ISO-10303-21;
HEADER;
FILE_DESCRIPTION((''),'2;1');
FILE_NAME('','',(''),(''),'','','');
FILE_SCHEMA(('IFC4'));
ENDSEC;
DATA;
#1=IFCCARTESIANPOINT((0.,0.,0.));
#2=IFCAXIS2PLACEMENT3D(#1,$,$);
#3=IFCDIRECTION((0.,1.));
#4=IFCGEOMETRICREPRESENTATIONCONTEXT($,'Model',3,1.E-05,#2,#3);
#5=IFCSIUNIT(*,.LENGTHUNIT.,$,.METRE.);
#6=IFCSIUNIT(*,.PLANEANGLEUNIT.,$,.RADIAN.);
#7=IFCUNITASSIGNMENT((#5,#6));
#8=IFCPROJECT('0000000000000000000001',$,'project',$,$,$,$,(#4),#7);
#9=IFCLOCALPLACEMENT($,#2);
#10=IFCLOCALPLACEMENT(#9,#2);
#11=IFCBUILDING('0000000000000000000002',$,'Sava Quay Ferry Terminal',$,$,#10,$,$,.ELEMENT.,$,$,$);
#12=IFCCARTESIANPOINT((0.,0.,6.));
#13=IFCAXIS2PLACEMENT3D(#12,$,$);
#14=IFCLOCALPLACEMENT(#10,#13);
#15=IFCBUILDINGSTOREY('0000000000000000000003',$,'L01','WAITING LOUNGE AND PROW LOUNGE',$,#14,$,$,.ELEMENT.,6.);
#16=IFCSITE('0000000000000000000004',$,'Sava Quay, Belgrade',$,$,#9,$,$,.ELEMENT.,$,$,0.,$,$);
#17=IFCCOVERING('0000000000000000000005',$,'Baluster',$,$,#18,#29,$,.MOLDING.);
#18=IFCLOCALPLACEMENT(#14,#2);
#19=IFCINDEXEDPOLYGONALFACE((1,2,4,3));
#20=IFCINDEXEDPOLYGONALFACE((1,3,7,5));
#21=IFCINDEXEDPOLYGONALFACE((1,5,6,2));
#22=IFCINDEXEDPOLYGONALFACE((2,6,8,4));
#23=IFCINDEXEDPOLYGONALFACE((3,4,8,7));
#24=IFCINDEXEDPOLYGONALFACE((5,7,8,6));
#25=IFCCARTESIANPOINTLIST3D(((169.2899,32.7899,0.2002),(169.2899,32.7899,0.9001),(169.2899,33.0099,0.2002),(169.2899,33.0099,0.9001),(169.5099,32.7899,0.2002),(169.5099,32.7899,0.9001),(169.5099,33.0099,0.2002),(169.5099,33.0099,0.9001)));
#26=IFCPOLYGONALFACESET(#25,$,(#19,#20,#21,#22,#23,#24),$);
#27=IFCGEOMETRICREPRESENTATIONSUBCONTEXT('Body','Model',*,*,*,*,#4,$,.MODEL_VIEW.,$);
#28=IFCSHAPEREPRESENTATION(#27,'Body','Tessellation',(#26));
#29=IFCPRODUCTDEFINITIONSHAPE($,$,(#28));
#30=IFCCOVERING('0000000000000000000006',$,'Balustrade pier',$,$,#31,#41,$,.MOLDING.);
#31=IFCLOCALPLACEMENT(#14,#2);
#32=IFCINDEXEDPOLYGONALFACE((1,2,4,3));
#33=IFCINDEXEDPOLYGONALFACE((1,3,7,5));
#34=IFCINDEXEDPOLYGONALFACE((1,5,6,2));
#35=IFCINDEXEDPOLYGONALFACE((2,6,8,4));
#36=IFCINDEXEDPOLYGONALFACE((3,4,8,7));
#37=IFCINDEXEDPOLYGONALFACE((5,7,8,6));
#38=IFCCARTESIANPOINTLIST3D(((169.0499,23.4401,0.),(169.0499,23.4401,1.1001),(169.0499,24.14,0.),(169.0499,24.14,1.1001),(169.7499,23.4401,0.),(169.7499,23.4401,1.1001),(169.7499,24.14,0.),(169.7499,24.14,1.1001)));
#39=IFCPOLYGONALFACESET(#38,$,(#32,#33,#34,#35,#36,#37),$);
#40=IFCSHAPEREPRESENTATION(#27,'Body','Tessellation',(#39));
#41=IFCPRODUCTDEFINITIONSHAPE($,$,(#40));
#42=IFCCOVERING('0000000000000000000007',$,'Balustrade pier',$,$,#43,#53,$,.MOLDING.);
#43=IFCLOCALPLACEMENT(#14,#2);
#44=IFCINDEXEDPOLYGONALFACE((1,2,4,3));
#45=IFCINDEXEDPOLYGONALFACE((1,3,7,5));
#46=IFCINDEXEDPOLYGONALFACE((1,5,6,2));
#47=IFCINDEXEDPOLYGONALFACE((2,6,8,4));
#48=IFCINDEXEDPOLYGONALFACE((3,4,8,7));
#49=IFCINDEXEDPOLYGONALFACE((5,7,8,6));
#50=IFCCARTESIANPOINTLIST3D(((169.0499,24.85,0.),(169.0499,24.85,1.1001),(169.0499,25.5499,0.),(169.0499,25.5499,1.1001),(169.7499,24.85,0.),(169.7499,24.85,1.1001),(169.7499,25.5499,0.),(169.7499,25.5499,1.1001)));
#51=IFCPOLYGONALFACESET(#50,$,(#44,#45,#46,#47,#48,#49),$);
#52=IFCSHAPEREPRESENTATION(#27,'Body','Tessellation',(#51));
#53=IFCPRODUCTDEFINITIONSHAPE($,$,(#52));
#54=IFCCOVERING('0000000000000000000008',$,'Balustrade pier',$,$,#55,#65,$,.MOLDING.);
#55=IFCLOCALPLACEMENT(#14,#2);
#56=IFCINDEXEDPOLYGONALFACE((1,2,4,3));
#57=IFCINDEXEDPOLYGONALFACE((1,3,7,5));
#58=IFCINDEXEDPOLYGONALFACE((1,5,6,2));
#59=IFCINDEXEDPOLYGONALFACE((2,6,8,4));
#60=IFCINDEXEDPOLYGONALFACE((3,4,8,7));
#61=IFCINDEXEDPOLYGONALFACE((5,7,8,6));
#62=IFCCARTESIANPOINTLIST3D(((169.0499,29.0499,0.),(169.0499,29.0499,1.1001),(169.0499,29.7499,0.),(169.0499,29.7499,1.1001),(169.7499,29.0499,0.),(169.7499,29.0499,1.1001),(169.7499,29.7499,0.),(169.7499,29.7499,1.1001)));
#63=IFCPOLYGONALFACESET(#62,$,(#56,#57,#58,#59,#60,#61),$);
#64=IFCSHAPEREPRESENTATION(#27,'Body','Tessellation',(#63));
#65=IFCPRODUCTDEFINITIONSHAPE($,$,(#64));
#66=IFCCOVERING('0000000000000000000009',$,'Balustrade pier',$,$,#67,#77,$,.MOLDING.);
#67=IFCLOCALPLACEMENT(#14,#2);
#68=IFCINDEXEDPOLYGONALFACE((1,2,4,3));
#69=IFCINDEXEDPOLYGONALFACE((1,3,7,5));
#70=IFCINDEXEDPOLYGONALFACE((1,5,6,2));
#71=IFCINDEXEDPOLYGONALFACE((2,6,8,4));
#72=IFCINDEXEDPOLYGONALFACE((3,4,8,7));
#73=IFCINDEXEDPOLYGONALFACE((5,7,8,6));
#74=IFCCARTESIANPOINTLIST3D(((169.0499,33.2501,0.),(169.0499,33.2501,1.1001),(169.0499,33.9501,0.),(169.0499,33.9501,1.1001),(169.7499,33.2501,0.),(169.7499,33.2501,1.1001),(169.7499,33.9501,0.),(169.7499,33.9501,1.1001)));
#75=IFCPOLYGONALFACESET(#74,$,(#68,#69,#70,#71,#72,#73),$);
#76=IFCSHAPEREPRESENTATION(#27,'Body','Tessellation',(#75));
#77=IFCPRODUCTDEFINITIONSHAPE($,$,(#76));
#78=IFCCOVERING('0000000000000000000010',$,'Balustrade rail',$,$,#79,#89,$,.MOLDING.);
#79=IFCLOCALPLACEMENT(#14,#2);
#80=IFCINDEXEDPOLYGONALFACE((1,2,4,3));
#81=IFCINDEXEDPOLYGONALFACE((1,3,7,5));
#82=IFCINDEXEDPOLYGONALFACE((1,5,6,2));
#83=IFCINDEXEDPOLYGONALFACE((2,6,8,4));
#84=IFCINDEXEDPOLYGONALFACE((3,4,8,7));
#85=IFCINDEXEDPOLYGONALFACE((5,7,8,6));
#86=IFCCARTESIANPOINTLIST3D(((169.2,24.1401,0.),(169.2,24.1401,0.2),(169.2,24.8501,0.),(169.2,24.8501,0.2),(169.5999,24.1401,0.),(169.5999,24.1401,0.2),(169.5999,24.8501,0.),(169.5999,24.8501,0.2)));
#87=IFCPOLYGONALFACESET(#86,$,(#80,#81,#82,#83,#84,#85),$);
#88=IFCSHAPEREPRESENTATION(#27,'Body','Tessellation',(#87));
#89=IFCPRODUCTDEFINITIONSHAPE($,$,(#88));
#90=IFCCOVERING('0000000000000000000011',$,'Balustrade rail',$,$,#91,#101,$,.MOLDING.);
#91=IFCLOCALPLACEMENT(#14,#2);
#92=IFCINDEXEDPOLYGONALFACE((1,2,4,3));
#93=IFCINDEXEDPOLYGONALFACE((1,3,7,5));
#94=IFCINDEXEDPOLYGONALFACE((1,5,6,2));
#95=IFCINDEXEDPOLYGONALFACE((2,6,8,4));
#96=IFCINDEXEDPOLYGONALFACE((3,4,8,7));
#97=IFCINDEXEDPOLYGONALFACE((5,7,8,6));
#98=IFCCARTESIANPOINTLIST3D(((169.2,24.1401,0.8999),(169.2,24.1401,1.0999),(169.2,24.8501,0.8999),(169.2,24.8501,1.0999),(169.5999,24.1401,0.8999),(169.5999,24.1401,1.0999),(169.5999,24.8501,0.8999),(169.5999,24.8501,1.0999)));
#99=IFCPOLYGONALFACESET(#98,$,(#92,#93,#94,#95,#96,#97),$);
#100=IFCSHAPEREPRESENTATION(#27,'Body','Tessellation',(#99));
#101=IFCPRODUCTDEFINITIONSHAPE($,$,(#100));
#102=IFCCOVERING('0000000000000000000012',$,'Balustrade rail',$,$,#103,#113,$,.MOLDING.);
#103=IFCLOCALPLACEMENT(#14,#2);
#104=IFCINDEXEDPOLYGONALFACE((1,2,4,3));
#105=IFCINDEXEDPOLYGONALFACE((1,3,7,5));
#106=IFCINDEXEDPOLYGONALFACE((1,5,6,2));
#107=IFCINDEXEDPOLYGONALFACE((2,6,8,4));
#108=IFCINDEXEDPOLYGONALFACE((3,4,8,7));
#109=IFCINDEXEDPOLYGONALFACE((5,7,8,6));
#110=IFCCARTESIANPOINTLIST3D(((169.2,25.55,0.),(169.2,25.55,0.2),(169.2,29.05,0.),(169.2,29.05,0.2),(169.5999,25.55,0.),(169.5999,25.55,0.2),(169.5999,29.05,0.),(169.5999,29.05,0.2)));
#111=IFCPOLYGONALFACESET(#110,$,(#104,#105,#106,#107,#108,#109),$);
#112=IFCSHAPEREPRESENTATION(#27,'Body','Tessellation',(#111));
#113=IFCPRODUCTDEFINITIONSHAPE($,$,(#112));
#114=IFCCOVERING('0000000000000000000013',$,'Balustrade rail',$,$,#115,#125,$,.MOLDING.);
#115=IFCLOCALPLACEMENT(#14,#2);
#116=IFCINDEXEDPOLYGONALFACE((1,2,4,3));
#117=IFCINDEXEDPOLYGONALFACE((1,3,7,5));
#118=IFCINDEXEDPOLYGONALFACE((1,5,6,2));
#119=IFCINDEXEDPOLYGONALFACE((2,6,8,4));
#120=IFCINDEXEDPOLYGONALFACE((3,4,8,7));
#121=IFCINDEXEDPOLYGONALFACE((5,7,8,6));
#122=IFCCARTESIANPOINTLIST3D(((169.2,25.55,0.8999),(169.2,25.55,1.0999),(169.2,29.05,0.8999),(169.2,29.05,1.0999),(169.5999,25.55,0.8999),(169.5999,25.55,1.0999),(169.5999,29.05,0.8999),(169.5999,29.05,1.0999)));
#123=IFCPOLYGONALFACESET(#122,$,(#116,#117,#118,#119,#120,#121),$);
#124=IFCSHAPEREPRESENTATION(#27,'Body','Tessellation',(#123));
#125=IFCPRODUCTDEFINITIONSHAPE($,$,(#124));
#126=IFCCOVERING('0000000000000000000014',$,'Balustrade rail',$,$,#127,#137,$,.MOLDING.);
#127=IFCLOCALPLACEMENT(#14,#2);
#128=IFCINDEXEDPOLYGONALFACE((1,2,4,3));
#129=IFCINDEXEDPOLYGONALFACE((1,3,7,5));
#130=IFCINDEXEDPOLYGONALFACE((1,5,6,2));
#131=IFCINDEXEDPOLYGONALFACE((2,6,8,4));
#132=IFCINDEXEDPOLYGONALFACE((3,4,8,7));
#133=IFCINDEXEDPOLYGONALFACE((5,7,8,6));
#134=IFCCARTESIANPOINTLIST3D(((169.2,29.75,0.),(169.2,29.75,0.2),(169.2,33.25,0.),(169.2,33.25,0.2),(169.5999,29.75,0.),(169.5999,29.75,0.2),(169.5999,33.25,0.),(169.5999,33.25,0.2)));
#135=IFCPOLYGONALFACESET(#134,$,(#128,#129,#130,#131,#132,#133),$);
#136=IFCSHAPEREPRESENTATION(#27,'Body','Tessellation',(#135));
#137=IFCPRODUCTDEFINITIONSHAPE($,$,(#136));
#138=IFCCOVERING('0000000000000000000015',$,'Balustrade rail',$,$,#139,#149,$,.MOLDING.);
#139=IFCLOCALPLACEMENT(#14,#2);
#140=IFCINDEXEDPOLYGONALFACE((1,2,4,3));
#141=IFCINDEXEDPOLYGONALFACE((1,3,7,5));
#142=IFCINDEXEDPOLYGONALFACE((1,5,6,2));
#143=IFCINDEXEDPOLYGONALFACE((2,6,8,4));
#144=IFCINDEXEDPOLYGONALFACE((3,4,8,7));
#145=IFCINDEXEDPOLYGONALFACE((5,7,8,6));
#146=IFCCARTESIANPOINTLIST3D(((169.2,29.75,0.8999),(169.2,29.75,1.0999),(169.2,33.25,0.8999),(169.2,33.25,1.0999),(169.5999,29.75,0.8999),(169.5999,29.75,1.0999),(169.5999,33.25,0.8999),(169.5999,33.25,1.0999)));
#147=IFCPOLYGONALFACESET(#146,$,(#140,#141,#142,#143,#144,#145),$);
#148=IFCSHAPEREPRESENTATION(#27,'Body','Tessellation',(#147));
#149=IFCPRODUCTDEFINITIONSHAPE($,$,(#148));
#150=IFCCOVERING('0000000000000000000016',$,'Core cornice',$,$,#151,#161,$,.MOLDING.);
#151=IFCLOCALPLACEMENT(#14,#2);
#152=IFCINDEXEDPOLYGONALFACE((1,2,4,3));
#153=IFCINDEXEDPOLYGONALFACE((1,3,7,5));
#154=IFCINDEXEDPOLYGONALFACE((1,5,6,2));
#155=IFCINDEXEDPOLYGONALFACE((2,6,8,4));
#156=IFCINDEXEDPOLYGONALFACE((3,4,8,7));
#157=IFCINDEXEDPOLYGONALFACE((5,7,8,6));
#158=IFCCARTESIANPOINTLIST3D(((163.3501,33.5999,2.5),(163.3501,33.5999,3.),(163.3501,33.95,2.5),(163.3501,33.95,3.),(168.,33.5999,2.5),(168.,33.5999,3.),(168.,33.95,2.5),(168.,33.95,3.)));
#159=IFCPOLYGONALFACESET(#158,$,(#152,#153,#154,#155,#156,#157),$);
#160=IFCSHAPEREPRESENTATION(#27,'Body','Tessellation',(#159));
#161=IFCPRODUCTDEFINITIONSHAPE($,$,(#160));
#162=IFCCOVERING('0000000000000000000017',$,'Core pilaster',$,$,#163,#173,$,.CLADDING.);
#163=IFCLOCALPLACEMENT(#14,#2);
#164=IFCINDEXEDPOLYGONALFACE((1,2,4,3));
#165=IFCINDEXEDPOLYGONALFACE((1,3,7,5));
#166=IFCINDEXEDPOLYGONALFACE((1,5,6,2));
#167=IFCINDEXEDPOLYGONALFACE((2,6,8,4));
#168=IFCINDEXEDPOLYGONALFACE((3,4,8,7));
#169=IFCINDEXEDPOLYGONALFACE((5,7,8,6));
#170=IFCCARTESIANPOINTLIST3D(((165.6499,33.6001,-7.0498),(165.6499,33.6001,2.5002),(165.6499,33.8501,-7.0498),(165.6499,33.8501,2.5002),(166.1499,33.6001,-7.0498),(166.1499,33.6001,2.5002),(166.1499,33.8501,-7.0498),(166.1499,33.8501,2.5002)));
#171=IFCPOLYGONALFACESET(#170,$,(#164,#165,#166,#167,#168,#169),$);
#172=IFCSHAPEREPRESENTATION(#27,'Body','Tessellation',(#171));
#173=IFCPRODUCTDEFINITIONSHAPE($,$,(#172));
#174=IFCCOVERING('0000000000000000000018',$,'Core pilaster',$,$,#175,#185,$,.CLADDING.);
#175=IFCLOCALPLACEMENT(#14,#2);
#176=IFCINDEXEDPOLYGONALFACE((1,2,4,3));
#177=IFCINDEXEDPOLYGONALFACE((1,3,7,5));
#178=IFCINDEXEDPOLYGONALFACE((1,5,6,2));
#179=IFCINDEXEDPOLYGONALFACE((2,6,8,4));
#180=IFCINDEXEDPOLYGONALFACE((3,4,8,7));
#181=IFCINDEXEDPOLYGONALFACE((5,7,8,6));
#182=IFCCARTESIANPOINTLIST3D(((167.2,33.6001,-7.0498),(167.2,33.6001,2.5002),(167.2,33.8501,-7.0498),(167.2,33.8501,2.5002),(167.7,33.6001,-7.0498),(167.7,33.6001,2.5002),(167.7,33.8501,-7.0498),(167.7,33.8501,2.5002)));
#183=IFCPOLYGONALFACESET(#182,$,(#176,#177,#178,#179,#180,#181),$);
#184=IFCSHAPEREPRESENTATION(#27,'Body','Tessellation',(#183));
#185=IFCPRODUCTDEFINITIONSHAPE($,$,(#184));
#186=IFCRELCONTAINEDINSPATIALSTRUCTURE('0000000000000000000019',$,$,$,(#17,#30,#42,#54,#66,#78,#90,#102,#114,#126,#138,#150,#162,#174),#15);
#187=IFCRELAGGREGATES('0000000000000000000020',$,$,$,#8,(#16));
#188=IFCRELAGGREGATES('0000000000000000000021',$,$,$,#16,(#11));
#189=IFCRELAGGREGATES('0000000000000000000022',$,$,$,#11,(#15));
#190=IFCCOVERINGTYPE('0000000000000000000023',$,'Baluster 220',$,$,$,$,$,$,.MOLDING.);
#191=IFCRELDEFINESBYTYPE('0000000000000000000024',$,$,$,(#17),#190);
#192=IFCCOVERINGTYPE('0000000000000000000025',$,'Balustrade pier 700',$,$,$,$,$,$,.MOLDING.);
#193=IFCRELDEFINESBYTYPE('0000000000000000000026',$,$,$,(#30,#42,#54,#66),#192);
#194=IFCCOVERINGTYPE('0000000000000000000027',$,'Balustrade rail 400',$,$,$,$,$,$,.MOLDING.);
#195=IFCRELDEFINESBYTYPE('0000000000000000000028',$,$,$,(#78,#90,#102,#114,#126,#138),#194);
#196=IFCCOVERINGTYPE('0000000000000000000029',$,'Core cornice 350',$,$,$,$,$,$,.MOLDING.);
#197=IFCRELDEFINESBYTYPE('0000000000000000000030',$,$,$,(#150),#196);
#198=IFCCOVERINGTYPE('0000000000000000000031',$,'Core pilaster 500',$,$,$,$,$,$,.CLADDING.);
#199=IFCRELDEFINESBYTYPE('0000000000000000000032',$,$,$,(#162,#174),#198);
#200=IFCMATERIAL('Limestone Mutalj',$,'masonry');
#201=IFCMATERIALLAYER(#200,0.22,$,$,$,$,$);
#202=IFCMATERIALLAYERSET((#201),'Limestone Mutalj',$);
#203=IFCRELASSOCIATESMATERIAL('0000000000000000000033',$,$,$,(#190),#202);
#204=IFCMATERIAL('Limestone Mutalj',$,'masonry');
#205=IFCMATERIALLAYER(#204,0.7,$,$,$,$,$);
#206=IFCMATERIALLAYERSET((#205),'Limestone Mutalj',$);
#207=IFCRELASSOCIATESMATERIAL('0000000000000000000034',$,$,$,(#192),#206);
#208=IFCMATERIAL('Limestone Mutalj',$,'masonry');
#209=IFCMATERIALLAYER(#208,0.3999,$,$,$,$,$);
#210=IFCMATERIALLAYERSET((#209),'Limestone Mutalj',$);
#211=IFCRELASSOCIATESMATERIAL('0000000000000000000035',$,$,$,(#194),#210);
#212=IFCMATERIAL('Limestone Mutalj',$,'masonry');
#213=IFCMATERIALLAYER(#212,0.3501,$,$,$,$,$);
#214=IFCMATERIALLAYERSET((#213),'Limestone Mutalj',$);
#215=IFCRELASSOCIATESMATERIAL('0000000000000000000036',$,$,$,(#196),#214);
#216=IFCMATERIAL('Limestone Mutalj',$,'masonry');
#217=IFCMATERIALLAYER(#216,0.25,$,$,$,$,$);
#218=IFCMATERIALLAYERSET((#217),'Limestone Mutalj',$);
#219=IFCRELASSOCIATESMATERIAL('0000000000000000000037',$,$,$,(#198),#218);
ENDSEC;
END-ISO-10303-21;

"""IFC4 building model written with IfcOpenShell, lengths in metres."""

from ifc_helpers import new_model, si_unit, direction, frame, origin, origin_2d, place, context, subcontext, project, spatial, rectangle, extrude, material, layer, layer_set, type_object, element, save


model = new_model("IFC4")

# Units and contexts
model_context = context("Model", 3, precision=1e-05, world=origin(), true_north=direction((0.0, 1.0)))
body_context = subcontext(model_context, "Body", "Model", "MODEL_VIEW")
ifc_project = project(units=[si_unit("LENGTHUNIT", "METRE"), si_unit("PLANEANGLEUNIT", "RADIAN")], contexts=[model_context])

# Site, building, storey
site_placement = place(None, origin())
site = spatial("IfcSite", under=ifc_project, at=site_placement, Name="Sava Quay, Belgrade", CompositionType="ELEMENT", RefElevation=0.0)
building_placement = place(site_placement, origin())
building = spatial("IfcBuilding", under=site, at=building_placement, Name="Sava Quay Ferry Terminal", CompositionType="ELEMENT")
storey_placement = place(building_placement, frame((0.0, 0.0, 6.0)))
storey = spatial("IfcBuildingStorey", under=building, at=storey_placement, Name="L01", Description="WAITING LOUNGE AND PROW LOUNGE", CompositionType="ELEMENT", Elevation=6.0)

# Coverings
ifc_material_1 = material(Name="Limestone Mutalj", Category="masonry")
ifc_layer_1 = layer(ifc_material_1, 0.22)
ifc_layer_set_1 = layer_set([ifc_layer_1], Name="Limestone Mutalj")
covering_type_1 = type_object("IfcCoveringType", Name="Baluster 220", PredefinedType="MOLDING", material=ifc_layer_set_1)
for number, where, z_axis, x_axis, name in (
    (1, (169.3999, 32.8999, 0.2002), (0.0, 0.0, 1.0), (1.0, 0.0, 0.0), "Baluster"),
):
    element("IfcCovering", number, at=place(storey_placement, frame(where, z_axis=z_axis, x_axis=x_axis)), inside=storey, type_object=covering_type_1, Name=name, PredefinedType="MOLDING", context=body_context, shape_type="SweptSolid", body=[
        extrude(rectangle(XDim=0.22, YDim=0.22, at=origin_2d()), origin(), (0.0, 0.0, 1.0), 0.7),
    ])
ifc_material_2 = material(Name="Limestone Mutalj", Category="masonry")
ifc_layer_2 = layer(ifc_material_2, 0.7)
ifc_layer_set_2 = layer_set([ifc_layer_2], Name="Limestone Mutalj")
covering_type_2 = type_object("IfcCoveringType", Name="Balustrade pier 700", PredefinedType="MOLDING", material=ifc_layer_set_2)
for number, where, z_axis, x_axis, name in (
    (2, (169.3999, 23.79, 0.0), (0.0, 0.0, 1.0), (1.0, 0.0, 0.0), "Balustrade pier"),
    (3, (169.3999, 25.2, 0.0), (0.0, 0.0, 1.0), (1.0, 0.0, 0.0), "Balustrade pier"),
    (4, (169.3999, 29.3999, 0.0), (0.0, 0.0, 1.0), (1.0, 0.0, 0.0), "Balustrade pier"),
    (5, (169.3999, 33.6001, 0.0), (0.0, 0.0, 1.0), (1.0, 0.0, 0.0), "Balustrade pier"),
):
    element("IfcCovering", number, at=place(storey_placement, frame(where, z_axis=z_axis, x_axis=x_axis)), inside=storey, type_object=covering_type_2, Name=name, PredefinedType="MOLDING", context=body_context, shape_type="SweptSolid", body=[
        extrude(rectangle(XDim=0.7, YDim=0.7, at=origin_2d()), origin(), (0.0, 0.0, 1.0), 1.1001),
    ])
ifc_material_3 = material(Name="Limestone Mutalj", Category="masonry")
ifc_layer_3 = layer(ifc_material_3, 0.3999)
ifc_layer_set_3 = layer_set([ifc_layer_3], Name="Limestone Mutalj")
covering_type_3 = type_object("IfcCoveringType", Name="Balustrade rail 400", PredefinedType="MOLDING", material=ifc_layer_set_3)
for number, where, z_axis, x_axis, name in (
    (6, (169.3999, 24.4951, 0.0), (0.0, 0.0, 1.0), (1.0, 0.0, 0.0), "Balustrade rail"),
    (7, (169.3999, 24.4951, 0.8999), (0.0, 0.0, 1.0), (1.0, 0.0, 0.0), "Balustrade rail"),
):
    element("IfcCovering", number, at=place(storey_placement, frame(where, z_axis=z_axis, x_axis=x_axis)), inside=storey, type_object=covering_type_3, Name=name, PredefinedType="MOLDING", context=body_context, shape_type="SweptSolid", body=[
        extrude(rectangle(XDim=0.3999, YDim=0.71, at=origin_2d()), origin(), (0.0, 0.0, 1.0), 0.2),
    ])
for number, where, z_axis, x_axis, name in (
    (8, (169.3999, 27.3, 0.0), (0.0, 0.0, 1.0), (1.0, 0.0, 0.0), "Balustrade rail"),
    (9, (169.3999, 27.3, 0.8999), (0.0, 0.0, 1.0), (1.0, 0.0, 0.0), "Balustrade rail"),
    (10, (169.3999, 31.5, 0.0), (0.0, 0.0, 1.0), (1.0, 0.0, 0.0), "Balustrade rail"),
    (11, (169.3999, 31.5, 0.8999), (0.0, 0.0, 1.0), (1.0, 0.0, 0.0), "Balustrade rail"),
):
    element("IfcCovering", number, at=place(storey_placement, frame(where, z_axis=z_axis, x_axis=x_axis)), inside=storey, type_object=covering_type_3, Name=name, PredefinedType="MOLDING", context=body_context, shape_type="SweptSolid", body=[
        extrude(rectangle(XDim=0.3999, YDim=3.5, at=origin_2d()), origin(), (0.0, 0.0, 1.0), 0.2),
    ])
ifc_material_4 = material(Name="Limestone Mutalj", Category="masonry")
ifc_layer_4 = layer(ifc_material_4, 0.3501)
ifc_layer_set_4 = layer_set([ifc_layer_4], Name="Limestone Mutalj")
covering_type_4 = type_object("IfcCoveringType", Name="Core cornice 350", PredefinedType="MOLDING", material=ifc_layer_set_4)
covering_1_placement = place(storey_placement, frame((165.675, 33.7749, 2.5), z_axis=(0.0, 0.0, 1.0), x_axis=(1.0, 0.0, 0.0)))
element("IfcCovering", 12, at=covering_1_placement, inside=storey, type_object=covering_type_4, Name="Core cornice", PredefinedType="MOLDING", context=body_context, shape_type="SweptSolid", body=[
    extrude(rectangle(XDim=4.6499, YDim=0.3501, at=origin_2d()), origin(), (0.0, 0.0, 1.0), 0.5),
])
ifc_material_5 = material(Name="Limestone Mutalj", Category="masonry")
ifc_layer_5 = layer(ifc_material_5, 0.25)
ifc_layer_set_5 = layer_set([ifc_layer_5], Name="Limestone Mutalj")
covering_type_5 = type_object("IfcCoveringType", Name="Core pilaster 500", PredefinedType="CLADDING", material=ifc_layer_set_5)
for number, where, z_axis, x_axis, name in (
    (13, (165.8999, 33.7251, -7.0498), (0.0, 0.0, 1.0), (1.0, 0.0, 0.0), "Core pilaster"),
    (14, (167.45, 33.7251, -7.0498), (0.0, 0.0, 1.0), (1.0, 0.0, 0.0), "Core pilaster"),
):
    element("IfcCovering", number, at=place(storey_placement, frame(where, z_axis=z_axis, x_axis=x_axis)), inside=storey, type_object=covering_type_5, Name=name, PredefinedType="CLADDING", context=body_context, shape_type="SweptSolid", body=[
        extrude(rectangle(XDim=0.5, YDim=0.25, at=origin_2d()), origin(), (0.0, 0.0, 1.0), 9.55),
    ])

save(model, "model.ifc")
